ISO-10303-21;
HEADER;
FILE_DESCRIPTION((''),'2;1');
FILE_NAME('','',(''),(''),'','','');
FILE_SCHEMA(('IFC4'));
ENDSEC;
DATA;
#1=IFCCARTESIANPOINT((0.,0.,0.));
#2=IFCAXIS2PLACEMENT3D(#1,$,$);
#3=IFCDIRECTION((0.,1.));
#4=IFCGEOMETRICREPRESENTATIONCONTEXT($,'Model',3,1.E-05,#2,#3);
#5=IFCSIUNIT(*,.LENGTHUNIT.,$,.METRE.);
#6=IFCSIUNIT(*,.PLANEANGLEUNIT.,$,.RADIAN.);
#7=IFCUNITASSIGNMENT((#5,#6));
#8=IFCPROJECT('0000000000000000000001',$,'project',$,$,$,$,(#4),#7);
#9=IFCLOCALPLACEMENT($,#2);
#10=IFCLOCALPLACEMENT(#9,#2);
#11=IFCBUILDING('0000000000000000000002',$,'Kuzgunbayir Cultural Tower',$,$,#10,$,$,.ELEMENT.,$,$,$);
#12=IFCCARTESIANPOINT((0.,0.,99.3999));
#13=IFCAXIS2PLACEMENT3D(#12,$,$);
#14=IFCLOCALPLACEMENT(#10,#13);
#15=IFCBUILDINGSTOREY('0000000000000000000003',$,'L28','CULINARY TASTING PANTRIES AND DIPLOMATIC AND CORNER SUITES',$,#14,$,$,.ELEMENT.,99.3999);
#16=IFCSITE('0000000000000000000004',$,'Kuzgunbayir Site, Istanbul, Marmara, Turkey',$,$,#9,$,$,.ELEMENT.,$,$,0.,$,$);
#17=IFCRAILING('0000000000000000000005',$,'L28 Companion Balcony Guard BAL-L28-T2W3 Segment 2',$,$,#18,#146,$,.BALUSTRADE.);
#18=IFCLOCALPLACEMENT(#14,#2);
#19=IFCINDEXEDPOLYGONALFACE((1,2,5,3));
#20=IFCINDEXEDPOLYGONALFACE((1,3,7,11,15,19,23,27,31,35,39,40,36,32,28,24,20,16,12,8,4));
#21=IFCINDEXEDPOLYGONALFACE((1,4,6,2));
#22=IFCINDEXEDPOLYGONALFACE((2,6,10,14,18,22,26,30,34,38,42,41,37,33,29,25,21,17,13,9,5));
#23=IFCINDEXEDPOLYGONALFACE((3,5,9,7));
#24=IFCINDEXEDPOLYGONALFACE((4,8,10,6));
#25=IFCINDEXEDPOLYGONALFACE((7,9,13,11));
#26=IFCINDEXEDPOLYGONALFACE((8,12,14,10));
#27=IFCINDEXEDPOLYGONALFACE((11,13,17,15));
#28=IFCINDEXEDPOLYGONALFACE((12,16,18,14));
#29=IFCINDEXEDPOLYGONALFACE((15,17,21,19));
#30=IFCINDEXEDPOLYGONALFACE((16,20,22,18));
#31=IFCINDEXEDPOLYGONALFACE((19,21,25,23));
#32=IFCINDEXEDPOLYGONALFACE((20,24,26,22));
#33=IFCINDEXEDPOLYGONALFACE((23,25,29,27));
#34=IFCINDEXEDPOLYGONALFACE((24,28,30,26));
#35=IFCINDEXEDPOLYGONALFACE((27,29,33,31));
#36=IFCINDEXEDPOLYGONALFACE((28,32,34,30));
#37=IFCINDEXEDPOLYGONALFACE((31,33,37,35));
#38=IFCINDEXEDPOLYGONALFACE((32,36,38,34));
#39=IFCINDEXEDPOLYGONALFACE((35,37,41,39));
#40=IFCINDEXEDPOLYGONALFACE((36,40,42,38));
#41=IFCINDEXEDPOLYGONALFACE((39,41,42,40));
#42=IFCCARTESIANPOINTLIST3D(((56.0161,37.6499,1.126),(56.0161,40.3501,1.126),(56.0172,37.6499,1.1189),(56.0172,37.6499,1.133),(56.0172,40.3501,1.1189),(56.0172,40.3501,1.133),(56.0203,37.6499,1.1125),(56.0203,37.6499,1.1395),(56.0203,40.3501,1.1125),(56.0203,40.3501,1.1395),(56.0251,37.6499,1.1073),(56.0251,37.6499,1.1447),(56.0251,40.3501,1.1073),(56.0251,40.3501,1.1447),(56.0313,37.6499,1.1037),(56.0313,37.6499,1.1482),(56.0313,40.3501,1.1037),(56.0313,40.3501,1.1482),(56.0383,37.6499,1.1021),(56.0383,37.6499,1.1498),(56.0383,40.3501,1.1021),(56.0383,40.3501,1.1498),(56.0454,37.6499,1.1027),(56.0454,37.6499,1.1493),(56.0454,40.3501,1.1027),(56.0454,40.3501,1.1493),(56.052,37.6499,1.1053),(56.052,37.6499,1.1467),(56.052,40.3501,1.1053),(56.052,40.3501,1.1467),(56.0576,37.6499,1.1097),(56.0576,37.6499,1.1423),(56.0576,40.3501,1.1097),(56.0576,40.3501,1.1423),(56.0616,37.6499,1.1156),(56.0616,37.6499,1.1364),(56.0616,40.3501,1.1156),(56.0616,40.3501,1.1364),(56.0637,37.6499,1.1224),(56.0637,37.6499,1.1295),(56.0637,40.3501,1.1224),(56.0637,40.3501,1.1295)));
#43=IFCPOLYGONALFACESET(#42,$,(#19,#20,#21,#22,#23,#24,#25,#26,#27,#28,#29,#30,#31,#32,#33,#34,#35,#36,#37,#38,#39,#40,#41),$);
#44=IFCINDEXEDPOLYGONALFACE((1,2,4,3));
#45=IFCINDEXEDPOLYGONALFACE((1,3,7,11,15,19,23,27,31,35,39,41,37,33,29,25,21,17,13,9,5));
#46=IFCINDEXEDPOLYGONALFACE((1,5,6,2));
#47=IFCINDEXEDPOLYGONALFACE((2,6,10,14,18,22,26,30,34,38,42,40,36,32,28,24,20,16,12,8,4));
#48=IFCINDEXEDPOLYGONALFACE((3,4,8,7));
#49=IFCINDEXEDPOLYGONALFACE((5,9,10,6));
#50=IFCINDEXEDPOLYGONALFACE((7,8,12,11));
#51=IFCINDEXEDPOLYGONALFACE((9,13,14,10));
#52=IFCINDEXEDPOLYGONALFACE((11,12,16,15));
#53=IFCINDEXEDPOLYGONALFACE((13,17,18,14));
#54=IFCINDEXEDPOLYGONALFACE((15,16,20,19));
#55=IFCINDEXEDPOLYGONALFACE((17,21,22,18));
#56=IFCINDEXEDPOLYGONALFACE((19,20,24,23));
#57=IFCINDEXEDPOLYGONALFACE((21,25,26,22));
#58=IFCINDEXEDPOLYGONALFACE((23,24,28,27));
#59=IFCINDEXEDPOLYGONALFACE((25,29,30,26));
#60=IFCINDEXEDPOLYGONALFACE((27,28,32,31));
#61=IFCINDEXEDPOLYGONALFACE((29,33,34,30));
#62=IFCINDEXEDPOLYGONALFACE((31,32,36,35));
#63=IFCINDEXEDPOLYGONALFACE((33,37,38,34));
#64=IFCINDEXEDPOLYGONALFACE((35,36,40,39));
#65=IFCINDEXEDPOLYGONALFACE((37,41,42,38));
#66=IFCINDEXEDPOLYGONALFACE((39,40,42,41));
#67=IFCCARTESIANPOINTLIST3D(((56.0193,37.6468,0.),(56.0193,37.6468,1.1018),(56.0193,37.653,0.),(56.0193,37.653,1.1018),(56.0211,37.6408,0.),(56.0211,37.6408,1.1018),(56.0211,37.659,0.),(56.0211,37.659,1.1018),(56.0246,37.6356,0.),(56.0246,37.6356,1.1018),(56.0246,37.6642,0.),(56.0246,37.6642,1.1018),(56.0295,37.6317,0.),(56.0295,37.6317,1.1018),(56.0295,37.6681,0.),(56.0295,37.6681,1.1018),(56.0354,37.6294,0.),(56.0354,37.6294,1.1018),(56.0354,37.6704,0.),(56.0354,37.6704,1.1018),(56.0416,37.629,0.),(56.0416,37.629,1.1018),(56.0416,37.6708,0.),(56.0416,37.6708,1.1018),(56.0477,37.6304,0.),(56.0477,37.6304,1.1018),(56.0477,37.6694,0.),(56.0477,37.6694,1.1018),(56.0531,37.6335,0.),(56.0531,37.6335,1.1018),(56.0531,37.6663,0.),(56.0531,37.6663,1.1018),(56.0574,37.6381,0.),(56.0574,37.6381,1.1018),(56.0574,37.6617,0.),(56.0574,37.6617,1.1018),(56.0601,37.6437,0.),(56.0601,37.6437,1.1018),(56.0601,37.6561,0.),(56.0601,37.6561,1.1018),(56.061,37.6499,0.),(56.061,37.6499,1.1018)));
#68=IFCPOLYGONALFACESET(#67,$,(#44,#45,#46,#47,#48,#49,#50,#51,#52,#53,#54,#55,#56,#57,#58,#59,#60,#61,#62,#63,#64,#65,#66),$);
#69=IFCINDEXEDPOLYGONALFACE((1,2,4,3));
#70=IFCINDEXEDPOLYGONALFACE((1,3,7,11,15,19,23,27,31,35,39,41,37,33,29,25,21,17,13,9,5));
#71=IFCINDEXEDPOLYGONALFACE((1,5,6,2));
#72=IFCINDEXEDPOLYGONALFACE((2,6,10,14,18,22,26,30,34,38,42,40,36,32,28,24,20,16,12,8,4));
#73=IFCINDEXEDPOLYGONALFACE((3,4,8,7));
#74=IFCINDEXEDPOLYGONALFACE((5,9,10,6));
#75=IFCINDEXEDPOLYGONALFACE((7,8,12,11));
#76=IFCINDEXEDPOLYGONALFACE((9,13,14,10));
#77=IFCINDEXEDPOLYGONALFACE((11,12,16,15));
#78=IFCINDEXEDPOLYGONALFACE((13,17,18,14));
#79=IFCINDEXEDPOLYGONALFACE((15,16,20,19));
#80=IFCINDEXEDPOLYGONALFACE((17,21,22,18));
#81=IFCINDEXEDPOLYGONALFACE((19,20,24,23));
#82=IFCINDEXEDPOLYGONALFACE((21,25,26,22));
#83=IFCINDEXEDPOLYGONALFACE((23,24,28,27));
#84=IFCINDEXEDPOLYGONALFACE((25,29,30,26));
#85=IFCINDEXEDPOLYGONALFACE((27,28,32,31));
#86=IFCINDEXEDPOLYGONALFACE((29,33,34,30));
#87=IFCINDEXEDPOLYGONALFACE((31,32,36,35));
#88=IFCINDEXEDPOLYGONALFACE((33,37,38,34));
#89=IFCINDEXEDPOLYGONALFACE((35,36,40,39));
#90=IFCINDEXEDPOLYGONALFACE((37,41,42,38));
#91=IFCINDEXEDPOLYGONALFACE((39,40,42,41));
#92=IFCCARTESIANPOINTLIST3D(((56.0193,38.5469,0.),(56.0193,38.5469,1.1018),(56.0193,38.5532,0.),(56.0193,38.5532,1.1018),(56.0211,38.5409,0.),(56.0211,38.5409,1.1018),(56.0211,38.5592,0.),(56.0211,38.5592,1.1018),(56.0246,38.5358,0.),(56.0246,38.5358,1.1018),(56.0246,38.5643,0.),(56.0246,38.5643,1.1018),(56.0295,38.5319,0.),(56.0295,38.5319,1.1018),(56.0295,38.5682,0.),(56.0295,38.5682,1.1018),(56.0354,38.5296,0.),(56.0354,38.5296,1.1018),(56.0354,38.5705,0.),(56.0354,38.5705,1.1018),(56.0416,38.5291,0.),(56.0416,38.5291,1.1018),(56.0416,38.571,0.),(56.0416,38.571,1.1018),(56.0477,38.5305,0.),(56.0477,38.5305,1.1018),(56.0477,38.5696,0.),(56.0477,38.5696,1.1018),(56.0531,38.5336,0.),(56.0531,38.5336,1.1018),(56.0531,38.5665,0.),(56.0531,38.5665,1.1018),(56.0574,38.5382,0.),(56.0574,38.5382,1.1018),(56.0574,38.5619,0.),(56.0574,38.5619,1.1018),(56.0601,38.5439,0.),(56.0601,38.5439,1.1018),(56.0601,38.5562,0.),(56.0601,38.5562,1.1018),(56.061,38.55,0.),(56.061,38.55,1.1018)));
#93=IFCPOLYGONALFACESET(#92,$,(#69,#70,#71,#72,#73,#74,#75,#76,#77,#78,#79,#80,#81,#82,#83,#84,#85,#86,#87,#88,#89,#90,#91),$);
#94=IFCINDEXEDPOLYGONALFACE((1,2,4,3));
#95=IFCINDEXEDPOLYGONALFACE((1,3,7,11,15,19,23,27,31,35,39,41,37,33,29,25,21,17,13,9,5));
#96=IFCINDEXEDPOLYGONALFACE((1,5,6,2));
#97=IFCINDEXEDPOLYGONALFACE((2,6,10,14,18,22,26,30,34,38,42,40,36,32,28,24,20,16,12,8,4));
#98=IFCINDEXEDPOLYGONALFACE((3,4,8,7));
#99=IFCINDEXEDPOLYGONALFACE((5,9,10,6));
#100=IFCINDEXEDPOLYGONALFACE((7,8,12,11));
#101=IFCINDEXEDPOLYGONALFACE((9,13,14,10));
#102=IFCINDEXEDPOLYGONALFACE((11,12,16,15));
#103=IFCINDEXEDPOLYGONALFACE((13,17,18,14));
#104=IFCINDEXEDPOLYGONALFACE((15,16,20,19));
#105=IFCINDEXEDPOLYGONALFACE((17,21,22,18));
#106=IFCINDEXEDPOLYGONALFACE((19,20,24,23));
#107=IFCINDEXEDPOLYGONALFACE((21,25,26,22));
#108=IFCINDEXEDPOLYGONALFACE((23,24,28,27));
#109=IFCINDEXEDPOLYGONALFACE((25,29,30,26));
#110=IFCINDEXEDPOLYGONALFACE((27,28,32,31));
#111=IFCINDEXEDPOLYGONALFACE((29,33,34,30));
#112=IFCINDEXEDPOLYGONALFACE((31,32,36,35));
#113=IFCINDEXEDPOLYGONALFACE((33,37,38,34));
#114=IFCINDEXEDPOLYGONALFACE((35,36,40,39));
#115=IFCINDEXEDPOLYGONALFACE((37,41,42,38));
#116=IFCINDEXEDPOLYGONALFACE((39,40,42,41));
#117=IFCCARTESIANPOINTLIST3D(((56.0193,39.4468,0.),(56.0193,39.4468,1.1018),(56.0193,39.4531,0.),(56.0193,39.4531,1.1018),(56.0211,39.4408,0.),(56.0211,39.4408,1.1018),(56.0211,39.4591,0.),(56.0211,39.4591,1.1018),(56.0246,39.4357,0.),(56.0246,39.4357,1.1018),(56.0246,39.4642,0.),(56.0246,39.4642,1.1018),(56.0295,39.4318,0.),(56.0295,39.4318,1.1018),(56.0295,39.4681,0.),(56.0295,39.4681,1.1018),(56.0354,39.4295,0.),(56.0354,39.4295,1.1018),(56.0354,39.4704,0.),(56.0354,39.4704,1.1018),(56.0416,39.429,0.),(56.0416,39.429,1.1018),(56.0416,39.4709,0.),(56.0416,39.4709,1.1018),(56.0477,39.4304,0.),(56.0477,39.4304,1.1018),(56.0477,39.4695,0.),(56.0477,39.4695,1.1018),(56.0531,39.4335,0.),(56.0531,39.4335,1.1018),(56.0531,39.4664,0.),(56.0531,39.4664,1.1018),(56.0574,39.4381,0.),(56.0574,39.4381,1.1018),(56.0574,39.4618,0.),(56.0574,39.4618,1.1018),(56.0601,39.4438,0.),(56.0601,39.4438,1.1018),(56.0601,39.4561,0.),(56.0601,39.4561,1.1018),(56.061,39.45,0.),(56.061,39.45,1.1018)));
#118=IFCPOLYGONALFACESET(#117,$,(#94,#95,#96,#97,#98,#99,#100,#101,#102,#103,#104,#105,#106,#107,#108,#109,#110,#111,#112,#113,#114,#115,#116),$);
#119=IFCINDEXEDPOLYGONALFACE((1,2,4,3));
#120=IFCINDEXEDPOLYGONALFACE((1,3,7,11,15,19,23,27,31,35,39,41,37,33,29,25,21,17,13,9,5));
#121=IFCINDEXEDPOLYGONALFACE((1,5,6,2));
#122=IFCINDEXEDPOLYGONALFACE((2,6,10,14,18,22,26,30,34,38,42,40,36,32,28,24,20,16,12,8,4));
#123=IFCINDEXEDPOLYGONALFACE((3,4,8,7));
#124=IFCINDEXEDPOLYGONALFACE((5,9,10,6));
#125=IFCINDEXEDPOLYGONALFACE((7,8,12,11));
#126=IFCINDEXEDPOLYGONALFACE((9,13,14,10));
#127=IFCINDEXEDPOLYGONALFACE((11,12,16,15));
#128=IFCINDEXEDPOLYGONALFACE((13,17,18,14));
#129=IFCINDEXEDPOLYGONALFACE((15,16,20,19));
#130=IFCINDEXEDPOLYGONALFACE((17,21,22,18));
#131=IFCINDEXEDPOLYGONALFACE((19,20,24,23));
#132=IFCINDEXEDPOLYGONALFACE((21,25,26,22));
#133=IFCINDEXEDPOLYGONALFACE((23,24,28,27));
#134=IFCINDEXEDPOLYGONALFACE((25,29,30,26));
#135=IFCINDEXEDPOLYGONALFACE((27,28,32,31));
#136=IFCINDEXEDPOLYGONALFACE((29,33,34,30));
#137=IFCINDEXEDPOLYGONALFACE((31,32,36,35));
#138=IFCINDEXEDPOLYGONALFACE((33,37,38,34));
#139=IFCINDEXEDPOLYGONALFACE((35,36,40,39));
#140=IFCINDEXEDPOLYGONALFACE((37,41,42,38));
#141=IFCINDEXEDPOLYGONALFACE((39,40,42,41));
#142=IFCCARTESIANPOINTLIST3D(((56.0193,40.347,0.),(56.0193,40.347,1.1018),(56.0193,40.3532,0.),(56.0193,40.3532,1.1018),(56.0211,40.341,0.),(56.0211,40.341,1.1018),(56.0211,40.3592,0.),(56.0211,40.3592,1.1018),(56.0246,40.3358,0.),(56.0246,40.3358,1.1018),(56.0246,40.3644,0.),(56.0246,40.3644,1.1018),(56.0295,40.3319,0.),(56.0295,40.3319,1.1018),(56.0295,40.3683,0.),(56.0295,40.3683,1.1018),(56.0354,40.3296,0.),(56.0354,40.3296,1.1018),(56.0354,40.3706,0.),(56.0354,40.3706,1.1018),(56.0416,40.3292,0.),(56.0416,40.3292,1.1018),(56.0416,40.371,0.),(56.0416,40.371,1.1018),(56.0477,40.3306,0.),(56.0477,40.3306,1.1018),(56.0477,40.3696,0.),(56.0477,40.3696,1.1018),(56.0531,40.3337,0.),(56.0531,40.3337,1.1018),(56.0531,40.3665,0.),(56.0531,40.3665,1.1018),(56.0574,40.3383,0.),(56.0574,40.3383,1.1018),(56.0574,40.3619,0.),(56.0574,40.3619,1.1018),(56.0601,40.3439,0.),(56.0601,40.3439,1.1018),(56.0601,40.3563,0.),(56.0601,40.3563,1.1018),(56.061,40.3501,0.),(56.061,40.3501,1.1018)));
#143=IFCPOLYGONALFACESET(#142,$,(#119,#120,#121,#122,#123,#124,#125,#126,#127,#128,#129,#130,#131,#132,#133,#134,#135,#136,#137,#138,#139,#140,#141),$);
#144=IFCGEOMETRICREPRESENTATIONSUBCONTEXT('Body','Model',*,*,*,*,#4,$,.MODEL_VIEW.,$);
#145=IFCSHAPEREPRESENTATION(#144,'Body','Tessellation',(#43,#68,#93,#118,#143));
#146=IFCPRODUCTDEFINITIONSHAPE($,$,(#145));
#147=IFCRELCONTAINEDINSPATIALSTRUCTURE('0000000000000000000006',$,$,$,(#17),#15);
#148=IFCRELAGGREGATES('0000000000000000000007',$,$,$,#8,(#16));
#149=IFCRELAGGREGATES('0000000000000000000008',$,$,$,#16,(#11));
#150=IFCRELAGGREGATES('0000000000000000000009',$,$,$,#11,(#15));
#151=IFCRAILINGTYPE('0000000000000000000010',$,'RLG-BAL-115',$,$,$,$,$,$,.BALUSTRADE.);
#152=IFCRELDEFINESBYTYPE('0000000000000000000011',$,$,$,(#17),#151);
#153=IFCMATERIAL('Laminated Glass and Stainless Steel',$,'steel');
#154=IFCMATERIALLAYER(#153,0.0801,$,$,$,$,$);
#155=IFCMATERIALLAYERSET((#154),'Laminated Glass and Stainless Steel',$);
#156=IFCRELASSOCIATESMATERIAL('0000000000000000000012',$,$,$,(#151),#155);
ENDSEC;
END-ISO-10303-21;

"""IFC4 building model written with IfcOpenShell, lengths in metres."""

from ifc_helpers import new_model, si_unit, direction, frame, origin, origin_2d, place, context, subcontext, project, spatial, circle, extrude, material, layer, layer_set, type_object, element, save


model = new_model("IFC4")

# Units and contexts
model_context = context("Model", 3, precision=1e-05, world=origin(), true_north=direction((0.0, 1.0)))
body_context = subcontext(model_context, "Body", "Model", "MODEL_VIEW")
ifc_project = project(units=[si_unit("LENGTHUNIT", "METRE"), si_unit("PLANEANGLEUNIT", "RADIAN")], contexts=[model_context])

# Site, building, storey
site_placement = place(None, origin())
site = spatial("IfcSite", under=ifc_project, at=site_placement, Name="Kuzgunbayir Site, Istanbul, Marmara, Turkey", CompositionType="ELEMENT", RefElevation=0.0)
building_placement = place(site_placement, origin())
building = spatial("IfcBuilding", under=site, at=building_placement, Name="Kuzgunbayir Cultural Tower", CompositionType="ELEMENT")
storey_placement = place(building_placement, frame((0.0, 0.0, 99.3999)))
storey = spatial("IfcBuildingStorey", under=building, at=storey_placement, Name="L28", Description="CULINARY TASTING PANTRIES AND DIPLOMATIC AND CORNER SUITES", CompositionType="ELEMENT", Elevation=99.3999)

# Railing
ifc_material_1 = material(Name="Laminated Glass and Stainless Steel", Category="steel")
ifc_layer_1 = layer(ifc_material_1, 0.0801)
ifc_layer_set_1 = layer_set([ifc_layer_1], Name="Laminated Glass and Stainless Steel")
railing_type = type_object("IfcRailingType", Name="RLG-BAL-115", PredefinedType="BALUSTRADE", material=ifc_layer_set_1)
railing_1_placement = place(storey_placement, frame((56.04, 37.6499, 0.0)))
element("IfcRailing", 1, at=railing_1_placement, inside=storey, type_object=railing_type, Name="L28 Companion Balcony Guard BAL-L28-T2W3 Segment 2", PredefinedType="BALUSTRADE", context=body_context, shape_type="SweptSolid", body=[
    extrude(circle(Radius=0.0239, at=origin_2d()), frame((0.0, 0.0, 1.126), z_axis=(0.0, 1.0, 0.0), x_axis=(-1.0, 0.0, 0.0)), (0.0, 0.0, 1.0), 2.7002),
    extrude(circle(Radius=0.021, at=origin_2d()), origin(), (0.0, 0.0, 1.0), 1.1018),
    extrude(circle(Radius=0.021, at=origin_2d()), frame((0.0, 0.9001, 0.0)), (0.0, 0.0, 1.0), 1.1018),
    extrude(circle(Radius=0.021, at=origin_2d()), frame((0.0, 1.8, 0.0)), (0.0, 0.0, 1.0), 1.1018),
    extrude(circle(Radius=0.021, at=origin_2d()), frame((0.0, 2.7002, 0.0)), (0.0, 0.0, 1.0), 1.1018),
])

save(model, "model.ifc")
